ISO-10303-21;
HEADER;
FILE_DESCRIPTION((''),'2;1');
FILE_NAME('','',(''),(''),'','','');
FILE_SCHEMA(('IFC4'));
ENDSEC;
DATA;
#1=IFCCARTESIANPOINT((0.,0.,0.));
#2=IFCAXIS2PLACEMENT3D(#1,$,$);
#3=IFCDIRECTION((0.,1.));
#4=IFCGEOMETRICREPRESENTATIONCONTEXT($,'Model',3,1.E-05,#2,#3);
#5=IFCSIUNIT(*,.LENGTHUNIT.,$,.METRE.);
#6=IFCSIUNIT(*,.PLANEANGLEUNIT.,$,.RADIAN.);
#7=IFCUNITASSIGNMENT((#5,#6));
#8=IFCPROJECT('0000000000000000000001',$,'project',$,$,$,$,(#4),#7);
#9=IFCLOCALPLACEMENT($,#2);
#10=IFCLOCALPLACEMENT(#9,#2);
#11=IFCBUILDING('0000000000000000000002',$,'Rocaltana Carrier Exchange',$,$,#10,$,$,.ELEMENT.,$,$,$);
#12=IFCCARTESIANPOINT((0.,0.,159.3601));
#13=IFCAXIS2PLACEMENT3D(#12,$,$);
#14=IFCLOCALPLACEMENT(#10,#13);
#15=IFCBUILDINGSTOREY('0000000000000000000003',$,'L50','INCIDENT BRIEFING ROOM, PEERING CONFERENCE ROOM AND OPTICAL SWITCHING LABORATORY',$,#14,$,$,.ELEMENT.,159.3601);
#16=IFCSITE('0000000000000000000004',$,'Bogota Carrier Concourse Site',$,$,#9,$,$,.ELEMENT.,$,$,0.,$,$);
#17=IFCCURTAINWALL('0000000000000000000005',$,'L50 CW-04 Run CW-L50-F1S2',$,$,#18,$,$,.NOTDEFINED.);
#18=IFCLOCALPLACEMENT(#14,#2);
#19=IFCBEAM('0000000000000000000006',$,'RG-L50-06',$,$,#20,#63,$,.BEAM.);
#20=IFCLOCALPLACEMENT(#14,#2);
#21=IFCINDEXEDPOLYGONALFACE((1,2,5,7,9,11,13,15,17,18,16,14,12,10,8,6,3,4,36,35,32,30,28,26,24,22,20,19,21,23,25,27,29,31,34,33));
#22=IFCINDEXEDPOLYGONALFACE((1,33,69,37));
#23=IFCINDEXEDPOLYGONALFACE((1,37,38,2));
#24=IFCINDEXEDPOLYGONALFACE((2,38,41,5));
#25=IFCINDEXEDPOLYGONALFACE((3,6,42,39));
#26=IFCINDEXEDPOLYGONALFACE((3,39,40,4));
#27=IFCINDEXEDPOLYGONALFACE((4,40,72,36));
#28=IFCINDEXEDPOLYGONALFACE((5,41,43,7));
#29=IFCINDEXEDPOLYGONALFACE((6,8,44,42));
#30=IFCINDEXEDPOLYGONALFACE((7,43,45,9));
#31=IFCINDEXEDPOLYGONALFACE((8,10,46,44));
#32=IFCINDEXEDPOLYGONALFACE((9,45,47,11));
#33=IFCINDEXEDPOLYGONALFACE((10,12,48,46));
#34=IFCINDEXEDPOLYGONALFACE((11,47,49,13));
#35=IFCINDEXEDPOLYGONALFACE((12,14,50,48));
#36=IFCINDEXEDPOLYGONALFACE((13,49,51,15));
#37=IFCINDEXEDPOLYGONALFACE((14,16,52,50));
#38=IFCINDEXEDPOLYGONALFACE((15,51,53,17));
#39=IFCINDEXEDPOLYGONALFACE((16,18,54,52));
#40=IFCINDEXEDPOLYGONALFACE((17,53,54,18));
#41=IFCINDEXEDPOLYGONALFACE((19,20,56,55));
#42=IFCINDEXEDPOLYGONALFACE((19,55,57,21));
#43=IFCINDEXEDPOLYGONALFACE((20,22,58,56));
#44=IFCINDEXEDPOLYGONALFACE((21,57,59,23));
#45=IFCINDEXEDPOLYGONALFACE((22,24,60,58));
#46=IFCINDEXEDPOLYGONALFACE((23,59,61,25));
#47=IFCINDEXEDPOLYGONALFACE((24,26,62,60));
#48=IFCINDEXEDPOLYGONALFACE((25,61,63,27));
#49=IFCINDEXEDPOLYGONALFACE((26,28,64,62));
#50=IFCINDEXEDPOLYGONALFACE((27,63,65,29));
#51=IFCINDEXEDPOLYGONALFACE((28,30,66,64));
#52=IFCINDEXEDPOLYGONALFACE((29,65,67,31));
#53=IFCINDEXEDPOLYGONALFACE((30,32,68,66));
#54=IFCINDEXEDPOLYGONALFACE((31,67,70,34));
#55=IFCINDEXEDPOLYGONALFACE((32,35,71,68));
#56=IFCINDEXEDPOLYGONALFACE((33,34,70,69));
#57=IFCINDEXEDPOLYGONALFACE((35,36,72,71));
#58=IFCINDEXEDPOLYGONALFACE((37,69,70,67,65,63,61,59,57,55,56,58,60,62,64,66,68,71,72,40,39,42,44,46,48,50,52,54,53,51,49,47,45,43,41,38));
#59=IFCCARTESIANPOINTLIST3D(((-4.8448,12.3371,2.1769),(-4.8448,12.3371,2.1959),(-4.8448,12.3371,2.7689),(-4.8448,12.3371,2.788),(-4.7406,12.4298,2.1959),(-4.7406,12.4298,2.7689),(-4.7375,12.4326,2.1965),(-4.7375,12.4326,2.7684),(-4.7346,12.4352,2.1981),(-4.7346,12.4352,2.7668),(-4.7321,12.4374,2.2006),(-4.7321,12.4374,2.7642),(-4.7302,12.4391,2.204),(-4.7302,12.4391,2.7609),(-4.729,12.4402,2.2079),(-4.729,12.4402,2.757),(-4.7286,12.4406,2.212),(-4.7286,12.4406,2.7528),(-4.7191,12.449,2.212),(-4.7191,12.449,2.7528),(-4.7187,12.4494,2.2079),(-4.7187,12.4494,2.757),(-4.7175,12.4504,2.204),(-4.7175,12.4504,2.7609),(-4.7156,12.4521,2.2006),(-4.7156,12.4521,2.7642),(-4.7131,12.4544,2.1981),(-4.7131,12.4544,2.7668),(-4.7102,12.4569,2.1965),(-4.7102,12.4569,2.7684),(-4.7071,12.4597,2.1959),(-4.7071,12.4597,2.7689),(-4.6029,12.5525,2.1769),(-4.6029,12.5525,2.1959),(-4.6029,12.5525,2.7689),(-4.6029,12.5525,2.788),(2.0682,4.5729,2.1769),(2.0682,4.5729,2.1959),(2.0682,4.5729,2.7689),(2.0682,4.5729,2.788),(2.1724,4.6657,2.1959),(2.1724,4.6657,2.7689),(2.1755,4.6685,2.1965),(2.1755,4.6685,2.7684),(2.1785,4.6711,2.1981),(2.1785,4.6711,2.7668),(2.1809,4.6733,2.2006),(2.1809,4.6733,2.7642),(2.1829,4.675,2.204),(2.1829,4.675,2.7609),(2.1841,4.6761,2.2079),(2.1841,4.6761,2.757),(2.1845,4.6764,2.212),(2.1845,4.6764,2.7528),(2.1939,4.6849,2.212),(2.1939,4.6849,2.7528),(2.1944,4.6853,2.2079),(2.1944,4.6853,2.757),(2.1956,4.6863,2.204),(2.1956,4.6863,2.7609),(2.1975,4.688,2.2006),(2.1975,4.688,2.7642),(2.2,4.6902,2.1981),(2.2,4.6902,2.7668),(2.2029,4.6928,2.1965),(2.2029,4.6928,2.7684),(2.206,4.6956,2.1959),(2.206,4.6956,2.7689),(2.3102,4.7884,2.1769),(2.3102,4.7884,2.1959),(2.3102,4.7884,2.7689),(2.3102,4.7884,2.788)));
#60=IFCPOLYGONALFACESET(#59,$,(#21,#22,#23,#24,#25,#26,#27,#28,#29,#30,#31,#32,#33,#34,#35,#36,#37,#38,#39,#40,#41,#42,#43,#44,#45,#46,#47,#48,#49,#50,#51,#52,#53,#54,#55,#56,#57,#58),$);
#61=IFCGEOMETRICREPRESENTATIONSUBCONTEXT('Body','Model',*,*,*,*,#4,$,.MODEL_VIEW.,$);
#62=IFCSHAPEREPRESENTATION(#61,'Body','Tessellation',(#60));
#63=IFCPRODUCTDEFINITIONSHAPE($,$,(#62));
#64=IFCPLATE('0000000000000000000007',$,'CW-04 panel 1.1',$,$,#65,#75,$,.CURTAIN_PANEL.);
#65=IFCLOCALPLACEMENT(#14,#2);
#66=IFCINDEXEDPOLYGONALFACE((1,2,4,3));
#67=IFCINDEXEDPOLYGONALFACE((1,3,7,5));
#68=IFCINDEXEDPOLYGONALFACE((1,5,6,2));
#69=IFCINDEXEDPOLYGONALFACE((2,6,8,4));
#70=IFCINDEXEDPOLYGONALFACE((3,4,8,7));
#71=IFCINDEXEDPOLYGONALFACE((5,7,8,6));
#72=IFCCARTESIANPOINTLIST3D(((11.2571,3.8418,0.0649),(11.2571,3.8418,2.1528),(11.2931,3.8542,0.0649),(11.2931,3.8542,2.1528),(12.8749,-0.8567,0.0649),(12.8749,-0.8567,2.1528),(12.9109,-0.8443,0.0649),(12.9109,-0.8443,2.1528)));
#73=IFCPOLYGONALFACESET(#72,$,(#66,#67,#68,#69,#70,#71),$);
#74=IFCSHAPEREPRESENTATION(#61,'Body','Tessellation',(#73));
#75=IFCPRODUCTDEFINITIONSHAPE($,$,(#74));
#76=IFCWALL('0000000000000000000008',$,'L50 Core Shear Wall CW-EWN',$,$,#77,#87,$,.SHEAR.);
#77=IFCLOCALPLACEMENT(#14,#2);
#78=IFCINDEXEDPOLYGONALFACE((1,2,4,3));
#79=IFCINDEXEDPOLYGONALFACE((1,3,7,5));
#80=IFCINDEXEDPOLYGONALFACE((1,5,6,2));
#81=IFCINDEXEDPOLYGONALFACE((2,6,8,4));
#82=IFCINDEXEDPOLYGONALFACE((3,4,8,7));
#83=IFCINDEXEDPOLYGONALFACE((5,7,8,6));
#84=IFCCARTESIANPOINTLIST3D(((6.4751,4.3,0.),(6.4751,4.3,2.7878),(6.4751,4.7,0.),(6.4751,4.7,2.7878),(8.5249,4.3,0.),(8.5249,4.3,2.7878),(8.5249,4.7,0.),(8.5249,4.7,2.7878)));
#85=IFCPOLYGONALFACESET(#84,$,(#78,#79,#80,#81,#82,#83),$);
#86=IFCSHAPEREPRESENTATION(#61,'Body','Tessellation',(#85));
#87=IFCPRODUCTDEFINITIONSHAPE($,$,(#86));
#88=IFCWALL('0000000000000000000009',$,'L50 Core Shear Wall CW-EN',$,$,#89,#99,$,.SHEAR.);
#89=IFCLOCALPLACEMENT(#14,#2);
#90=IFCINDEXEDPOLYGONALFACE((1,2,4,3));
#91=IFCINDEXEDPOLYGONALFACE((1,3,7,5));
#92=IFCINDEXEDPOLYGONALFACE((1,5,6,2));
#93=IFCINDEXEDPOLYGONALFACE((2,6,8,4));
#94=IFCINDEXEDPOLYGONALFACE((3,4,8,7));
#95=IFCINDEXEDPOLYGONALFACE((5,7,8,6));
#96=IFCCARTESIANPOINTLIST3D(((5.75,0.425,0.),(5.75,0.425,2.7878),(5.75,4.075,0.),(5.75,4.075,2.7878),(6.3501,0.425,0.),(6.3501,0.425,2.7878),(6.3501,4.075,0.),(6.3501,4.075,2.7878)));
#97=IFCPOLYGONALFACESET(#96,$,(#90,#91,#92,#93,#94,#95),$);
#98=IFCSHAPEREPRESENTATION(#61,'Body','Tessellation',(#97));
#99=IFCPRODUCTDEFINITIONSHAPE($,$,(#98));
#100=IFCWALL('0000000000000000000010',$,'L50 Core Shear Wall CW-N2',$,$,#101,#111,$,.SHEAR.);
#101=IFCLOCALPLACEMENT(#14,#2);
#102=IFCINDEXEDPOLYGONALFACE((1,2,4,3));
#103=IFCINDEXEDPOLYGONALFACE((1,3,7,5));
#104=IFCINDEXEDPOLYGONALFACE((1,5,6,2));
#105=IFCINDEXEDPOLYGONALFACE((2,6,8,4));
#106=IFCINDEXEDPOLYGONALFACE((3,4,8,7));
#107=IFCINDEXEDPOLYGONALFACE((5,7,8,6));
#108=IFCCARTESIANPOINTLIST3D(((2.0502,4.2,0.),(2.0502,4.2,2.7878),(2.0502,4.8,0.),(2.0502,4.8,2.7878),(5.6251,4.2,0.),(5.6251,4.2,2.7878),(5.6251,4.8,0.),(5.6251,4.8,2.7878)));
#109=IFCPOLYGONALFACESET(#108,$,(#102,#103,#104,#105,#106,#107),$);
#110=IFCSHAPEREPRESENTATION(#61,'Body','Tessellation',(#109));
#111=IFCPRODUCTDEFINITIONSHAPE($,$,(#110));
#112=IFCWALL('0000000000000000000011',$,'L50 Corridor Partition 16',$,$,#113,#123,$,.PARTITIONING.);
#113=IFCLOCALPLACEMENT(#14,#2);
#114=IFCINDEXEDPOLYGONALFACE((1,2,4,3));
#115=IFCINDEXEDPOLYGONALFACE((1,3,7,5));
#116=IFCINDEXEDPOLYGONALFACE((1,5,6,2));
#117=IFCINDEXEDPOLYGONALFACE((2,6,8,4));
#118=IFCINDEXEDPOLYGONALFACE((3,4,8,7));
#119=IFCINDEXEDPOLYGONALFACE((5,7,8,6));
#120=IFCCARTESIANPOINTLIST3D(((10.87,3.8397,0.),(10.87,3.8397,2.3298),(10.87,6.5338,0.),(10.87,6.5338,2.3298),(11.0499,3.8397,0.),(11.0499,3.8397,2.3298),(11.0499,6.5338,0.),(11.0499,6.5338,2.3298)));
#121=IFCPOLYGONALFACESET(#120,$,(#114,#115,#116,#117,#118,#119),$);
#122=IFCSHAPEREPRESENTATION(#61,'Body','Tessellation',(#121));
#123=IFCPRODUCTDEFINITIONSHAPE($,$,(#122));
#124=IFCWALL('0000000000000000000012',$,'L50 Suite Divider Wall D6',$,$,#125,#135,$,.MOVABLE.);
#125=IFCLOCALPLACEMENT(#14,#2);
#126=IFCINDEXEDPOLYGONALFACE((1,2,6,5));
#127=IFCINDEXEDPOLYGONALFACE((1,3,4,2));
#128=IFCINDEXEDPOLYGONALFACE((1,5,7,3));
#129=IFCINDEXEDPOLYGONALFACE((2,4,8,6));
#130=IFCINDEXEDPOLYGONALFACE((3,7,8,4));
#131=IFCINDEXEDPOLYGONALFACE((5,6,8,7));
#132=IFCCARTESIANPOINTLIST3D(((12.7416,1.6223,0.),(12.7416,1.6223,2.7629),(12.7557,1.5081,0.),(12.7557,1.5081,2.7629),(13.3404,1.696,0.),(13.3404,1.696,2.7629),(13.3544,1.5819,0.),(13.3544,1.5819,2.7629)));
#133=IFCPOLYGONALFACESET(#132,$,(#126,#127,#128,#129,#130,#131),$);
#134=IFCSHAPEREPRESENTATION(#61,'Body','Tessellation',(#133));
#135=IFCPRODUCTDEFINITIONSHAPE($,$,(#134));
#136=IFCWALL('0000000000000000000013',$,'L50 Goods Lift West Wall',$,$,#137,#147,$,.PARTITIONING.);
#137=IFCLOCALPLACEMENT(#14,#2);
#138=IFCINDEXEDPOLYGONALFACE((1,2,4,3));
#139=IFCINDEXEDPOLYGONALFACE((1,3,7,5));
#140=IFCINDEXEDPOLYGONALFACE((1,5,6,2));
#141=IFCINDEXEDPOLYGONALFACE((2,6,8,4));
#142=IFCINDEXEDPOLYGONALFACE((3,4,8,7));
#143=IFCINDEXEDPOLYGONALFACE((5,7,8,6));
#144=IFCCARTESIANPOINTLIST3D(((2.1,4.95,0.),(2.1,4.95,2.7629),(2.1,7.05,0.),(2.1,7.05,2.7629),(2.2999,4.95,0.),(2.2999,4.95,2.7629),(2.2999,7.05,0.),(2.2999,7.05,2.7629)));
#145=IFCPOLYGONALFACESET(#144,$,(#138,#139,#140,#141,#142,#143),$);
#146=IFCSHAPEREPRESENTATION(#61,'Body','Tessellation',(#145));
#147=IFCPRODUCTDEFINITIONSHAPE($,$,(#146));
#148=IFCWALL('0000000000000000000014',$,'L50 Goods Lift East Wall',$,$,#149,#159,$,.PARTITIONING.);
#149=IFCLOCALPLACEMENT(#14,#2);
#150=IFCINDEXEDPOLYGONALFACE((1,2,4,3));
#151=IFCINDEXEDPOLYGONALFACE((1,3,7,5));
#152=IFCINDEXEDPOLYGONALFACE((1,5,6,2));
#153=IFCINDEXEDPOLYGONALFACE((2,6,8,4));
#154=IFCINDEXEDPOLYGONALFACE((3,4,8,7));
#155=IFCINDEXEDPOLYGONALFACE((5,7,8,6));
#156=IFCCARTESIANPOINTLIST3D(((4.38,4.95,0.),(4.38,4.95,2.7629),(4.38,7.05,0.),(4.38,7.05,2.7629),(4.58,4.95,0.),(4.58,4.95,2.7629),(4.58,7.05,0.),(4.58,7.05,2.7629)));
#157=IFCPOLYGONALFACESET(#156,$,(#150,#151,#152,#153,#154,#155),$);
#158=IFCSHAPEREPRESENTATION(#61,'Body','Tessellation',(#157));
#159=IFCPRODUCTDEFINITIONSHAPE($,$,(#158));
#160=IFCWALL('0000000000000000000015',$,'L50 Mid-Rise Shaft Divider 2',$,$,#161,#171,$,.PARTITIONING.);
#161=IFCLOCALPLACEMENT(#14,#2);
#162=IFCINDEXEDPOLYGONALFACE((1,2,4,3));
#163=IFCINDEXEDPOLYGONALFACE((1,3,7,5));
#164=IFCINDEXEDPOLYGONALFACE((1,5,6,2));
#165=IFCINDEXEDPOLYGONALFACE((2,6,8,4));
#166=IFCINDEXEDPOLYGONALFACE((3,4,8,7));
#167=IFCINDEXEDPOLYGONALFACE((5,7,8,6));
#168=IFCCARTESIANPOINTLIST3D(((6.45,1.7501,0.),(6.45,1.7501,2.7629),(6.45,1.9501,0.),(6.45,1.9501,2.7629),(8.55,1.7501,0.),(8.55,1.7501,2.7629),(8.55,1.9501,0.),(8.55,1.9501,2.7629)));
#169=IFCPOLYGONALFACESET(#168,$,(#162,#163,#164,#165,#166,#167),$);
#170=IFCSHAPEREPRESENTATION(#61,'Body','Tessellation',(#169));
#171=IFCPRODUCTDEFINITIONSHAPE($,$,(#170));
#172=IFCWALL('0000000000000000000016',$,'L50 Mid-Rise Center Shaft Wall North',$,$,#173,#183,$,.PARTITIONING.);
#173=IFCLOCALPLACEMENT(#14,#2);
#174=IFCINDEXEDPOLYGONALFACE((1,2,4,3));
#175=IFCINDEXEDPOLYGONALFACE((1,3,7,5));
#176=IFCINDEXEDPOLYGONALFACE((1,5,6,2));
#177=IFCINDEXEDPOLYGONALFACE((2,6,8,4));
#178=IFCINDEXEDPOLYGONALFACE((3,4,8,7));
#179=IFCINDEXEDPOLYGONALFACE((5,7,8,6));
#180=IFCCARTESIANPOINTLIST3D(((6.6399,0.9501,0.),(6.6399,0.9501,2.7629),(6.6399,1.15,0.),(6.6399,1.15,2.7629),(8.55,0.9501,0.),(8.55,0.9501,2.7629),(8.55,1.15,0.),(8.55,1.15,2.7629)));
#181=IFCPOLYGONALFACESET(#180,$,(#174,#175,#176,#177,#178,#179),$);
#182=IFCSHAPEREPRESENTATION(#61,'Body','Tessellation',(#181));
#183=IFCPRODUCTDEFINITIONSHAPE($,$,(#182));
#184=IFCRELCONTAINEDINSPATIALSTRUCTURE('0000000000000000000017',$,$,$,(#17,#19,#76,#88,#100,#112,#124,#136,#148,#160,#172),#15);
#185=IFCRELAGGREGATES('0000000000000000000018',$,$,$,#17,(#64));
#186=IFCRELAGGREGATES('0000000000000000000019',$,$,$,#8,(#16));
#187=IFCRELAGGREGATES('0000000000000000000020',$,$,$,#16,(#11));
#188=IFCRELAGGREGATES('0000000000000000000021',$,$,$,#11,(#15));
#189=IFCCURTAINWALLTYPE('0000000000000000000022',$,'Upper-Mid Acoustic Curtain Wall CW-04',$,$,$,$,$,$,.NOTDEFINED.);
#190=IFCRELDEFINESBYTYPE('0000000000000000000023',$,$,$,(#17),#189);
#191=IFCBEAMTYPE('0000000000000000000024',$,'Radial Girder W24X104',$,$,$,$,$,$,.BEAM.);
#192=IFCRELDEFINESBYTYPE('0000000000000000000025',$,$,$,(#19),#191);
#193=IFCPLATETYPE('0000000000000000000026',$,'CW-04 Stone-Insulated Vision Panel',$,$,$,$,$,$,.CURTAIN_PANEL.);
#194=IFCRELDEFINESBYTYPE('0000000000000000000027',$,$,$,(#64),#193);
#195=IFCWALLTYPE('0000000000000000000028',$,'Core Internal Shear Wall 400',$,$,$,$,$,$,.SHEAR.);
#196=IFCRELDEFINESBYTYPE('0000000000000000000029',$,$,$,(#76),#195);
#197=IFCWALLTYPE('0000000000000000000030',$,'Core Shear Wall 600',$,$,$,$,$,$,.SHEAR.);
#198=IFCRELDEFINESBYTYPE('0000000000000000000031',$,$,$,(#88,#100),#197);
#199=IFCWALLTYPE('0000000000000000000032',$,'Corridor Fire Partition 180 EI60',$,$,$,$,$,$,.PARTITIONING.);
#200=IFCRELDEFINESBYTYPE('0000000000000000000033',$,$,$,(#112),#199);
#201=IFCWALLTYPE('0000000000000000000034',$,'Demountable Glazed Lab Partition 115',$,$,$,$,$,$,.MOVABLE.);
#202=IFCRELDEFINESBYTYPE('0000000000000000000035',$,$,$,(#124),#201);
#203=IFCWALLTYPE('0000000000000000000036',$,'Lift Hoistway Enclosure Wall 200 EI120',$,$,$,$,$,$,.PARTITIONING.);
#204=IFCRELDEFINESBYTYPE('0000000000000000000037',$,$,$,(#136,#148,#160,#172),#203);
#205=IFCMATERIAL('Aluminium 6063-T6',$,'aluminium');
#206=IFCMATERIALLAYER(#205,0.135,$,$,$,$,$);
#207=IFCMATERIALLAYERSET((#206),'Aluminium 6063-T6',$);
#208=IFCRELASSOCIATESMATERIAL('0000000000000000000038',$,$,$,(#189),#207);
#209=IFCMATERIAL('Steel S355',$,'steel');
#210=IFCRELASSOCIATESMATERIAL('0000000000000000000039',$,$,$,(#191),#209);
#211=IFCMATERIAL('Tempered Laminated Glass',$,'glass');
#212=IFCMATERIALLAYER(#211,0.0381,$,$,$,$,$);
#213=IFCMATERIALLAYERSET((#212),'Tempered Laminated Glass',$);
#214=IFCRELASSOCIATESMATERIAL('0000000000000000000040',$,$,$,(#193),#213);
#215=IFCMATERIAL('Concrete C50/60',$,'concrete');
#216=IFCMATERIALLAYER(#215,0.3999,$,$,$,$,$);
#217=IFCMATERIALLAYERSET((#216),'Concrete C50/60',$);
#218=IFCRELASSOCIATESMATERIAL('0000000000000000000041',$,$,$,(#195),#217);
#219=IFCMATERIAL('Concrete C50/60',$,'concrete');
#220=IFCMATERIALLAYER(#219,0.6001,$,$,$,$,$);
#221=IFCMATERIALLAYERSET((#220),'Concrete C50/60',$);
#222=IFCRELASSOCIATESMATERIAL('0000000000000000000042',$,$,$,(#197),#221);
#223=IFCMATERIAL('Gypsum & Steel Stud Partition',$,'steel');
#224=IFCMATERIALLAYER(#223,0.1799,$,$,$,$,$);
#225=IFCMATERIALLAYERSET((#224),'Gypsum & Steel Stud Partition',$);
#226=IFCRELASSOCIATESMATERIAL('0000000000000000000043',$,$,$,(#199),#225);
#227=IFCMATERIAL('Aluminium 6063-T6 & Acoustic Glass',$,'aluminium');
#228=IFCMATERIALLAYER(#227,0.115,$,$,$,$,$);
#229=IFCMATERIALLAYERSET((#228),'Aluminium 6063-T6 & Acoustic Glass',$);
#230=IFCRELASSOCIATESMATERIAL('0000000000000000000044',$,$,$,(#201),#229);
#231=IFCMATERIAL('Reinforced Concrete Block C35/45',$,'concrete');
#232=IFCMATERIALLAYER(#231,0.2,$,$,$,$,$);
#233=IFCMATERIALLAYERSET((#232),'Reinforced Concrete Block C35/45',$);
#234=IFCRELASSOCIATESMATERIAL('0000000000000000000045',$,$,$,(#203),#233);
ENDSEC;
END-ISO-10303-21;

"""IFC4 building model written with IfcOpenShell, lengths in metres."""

from ifc_helpers import new_model, si_unit, direction, frame, frame_2d, origin, origin_2d, place, context, subcontext, project, spatial, rectangle, i_section, extrude, material, layer, layer_set, material_profile, profile_set, type_object, element, aggregate, save


model = new_model("IFC4")

# Units and contexts
model_context = context("Model", 3, precision=1e-05, world=origin(), true_north=direction((0.0, 1.0)))
body_context = subcontext(model_context, "Body", "Model", "MODEL_VIEW")
ifc_project = project(units=[si_unit("LENGTHUNIT", "METRE"), si_unit("PLANEANGLEUNIT", "RADIAN")], contexts=[model_context])

# Site, building, storey
site_placement = place(None, origin())
site = spatial("IfcSite", under=ifc_project, at=site_placement, Name="Bogota Carrier Concourse Site", CompositionType="ELEMENT", RefElevation=0.0)
building_placement = place(site_placement, origin())
building = spatial("IfcBuilding", under=site, at=building_placement, Name="Rocaltana Carrier Exchange", CompositionType="ELEMENT")
storey_placement = place(building_placement, frame((0.0, 0.0, 159.3601)))
storey = spatial("IfcBuildingStorey", under=building, at=storey_placement, Name="L50", Description="INCIDENT BRIEFING ROOM, PEERING CONFERENCE ROOM AND OPTICAL SWITCHING LABORATORY", CompositionType="ELEMENT", Elevation=159.3601)

# Curtain wall
ifc_material_1 = material(Name="Aluminium 6063-T6", Category="aluminium")
ifc_layer_1 = layer(ifc_material_1, 0.135)
ifc_layer_set_1 = layer_set([ifc_layer_1], Name="Aluminium 6063-T6")
curtain_wall_type = type_object("IfcCurtainWallType", Name="Upper-Mid Acoustic Curtain Wall CW-04", PredefinedType="NOTDEFINED", material=ifc_layer_set_1)
curtain_wall_placement = place(storey_placement, origin())
curtain_wall = element("IfcCurtainWall", 1, at=curtain_wall_placement, inside=storey, type_object=curtain_wall_type, Name="L50 CW-04 Run CW-L50-F1S2", PredefinedType="NOTDEFINED")

# Beam
ifc_material_2 = material(Name="Steel S355", Category="steel")
ifc_material_profile_1 = material_profile(ifc_material_2, i_section(OverallWidth=0.324, OverallDepth=0.6111, WebThickness=0.0127, FlangeThickness=0.019, FilletRadius=0.0161, at=origin_2d()), Name="W24X104")
ifc_profile_set_1 = profile_set([ifc_material_profile_1], Name="Steel S355")
beam_type_1 = type_object("IfcBeamType", Name="Radial Girder W24X104", PredefinedType="BEAM", material=ifc_profile_set_1)
beam_1_placement = place(storey_placement, frame((2.1892, 4.6807, 2.4824), z_axis=(-0.664987, 0.746854, 0.0), x_axis=(-0.746854, -0.664987, 0.0)))
element("IfcBeam", 2, at=beam_1_placement, inside=storey, type_object=beam_type_1, Name="RG-L50-06", PredefinedType="BEAM", context=body_context, shape_type="SweptSolid", body=[
    extrude(i_section(OverallWidth=0.324, OverallDepth=0.6111, WebThickness=0.0127, FlangeThickness=0.019, FilletRadius=0.0161, at=origin_2d()), origin(), (0.0, 0.0, 1.0), 10.3958),
])

# Plate
ifc_material_3 = material(Name="Tempered Laminated Glass", Category="glass")
ifc_layer_2 = layer(ifc_material_3, 0.0381)
ifc_layer_set_2 = layer_set([ifc_layer_2], Name="Tempered Laminated Glass")
plate_type = type_object("IfcPlateType", Name="CW-04 Stone-Insulated Vision Panel", PredefinedType="CURTAIN_PANEL", material=ifc_layer_set_2)
plate_placement = place(storey_placement, frame((12.084, 1.4988, 0.0649), z_axis=(0.0, 0.0, 1.0), x_axis=(-0.325562, 0.945521, 0.0)))
plate = element("IfcPlate", 3, at=plate_placement, type_object=plate_type, Name="CW-04 panel 1.1", PredefinedType="CURTAIN_PANEL", context=body_context, shape_type="SweptSolid", body=[
    extrude(rectangle(XDim=4.9692, YDim=0.0381, at=origin_2d()), origin(), (0.0, 0.0, 1.0), 2.0879),
])
aggregate(curtain_wall, [plate])

# Walls
ifc_material_4 = material(Name="Concrete C50/60", Category="concrete")
ifc_layer_3 = layer(ifc_material_4, 0.3999)
ifc_layer_set_3 = layer_set([ifc_layer_3], Name="Concrete C50/60")
wall_type_1 = type_object("IfcWallType", Name="Core Internal Shear Wall 400", PredefinedType="SHEAR", material=ifc_layer_set_3)
wall_1_placement = place(storey_placement, frame((6.4751, 4.5, 0.0), z_axis=(0.0, 0.0, 1.0), x_axis=(1.0, 0.0, 0.0)))
element("IfcWall", 4, at=wall_1_placement, inside=storey, type_object=wall_type_1, Name="L50 Core Shear Wall CW-EWN", PredefinedType="SHEAR", context=body_context, shape_type="SweptSolid", body=[
    extrude(rectangle(XDim=2.0498, YDim=0.3999, at=frame_2d((1.0249, 0.0))), origin(), (0.0, 0.0, 1.0), 2.7878),
])
ifc_material_5 = material(Name="Concrete C50/60", Category="concrete")
ifc_layer_4 = layer(ifc_material_5, 0.6001)
ifc_layer_set_4 = layer_set([ifc_layer_4], Name="Concrete C50/60")
wall_type_2 = type_object("IfcWallType", Name="Core Shear Wall 600", PredefinedType="SHEAR", material=ifc_layer_set_4)
wall_2_placement = place(storey_placement, frame((6.05, 0.425, 0.0), z_axis=(0.0, 0.0, 1.0), x_axis=(0.0, 1.0, 0.0)))
element("IfcWall", 5, at=wall_2_placement, inside=storey, type_object=wall_type_2, Name="L50 Core Shear Wall CW-EN", PredefinedType="SHEAR", context=body_context, shape_type="SweptSolid", body=[
    extrude(rectangle(XDim=3.6499, YDim=0.6001, at=frame_2d((1.825, 0.0))), origin(), (0.0, 0.0, 1.0), 2.7878),
])
wall_3_placement = place(storey_placement, frame((2.05, 4.5, 0.0), z_axis=(0.0, 0.0, 1.0), x_axis=(1.0, 0.0, 0.0)))
element("IfcWall", 6, at=wall_3_placement, inside=storey, type_object=wall_type_2, Name="L50 Core Shear Wall CW-N2", PredefinedType="SHEAR", context=body_context, shape_type="SweptSolid", body=[
    extrude(rectangle(XDim=3.575, YDim=0.6001, at=frame_2d((1.7876, 0.0))), origin(), (0.0, 0.0, 1.0), 2.7878),
])
ifc_material_6 = material(Name="Gypsum & Steel Stud Partition", Category="steel")
ifc_layer_5 = layer(ifc_material_6, 0.1799)
ifc_layer_set_5 = layer_set([ifc_layer_5], Name="Gypsum & Steel Stud Partition")
wall_type_3 = type_object("IfcWallType", Name="Corridor Fire Partition 180 EI60", PredefinedType="PARTITIONING", material=ifc_layer_set_5)
wall_4_placement = place(storey_placement, frame((10.96, 3.8396, 0.0), z_axis=(0.0, 0.0, 1.0), x_axis=(0.0, 1.0, 0.0)))
element("IfcWall", 7, at=wall_4_placement, inside=storey, type_object=wall_type_3, Name="L50 Corridor Partition 16", PredefinedType="PARTITIONING", context=body_context, shape_type="SweptSolid", body=[
    extrude(rectangle(XDim=2.6941, YDim=0.1799, at=frame_2d((1.3472, 0.0))), origin(), (0.0, 0.0, 1.0), 2.3298),
])
ifc_material_7 = material(Name="Aluminium 6063-T6 & Acoustic Glass", Category="aluminium")
ifc_layer_6 = layer(ifc_material_7, 0.115)
ifc_layer_set_6 = layer_set([ifc_layer_6], Name="Aluminium 6063-T6 & Acoustic Glass")
wall_type_4 = type_object("IfcWallType", Name="Demountable Glazed Lab Partition 115", PredefinedType="MOVABLE", material=ifc_layer_set_6)
wall_5_placement = place(storey_placement, frame((12.7485, 1.5652, 0.0), z_axis=(0.0, 0.0, 1.0), x_axis=(0.9925, 0.122241, 0.0)))
element("IfcWall", 8, at=wall_5_placement, inside=storey, type_object=wall_type_4, Name="L50 Suite Divider Wall D6", PredefinedType="MOVABLE", context=body_context, shape_type="SweptSolid", body=[
    extrude(rectangle(XDim=0.6033, YDim=0.115, at=frame_2d((0.3018, 0.0))), origin(), (0.0, 0.0, 1.0), 2.7629),
])
ifc_material_8 = material(Name="Reinforced Concrete Block C35/45", Category="concrete")
ifc_layer_7 = layer(ifc_material_8, 0.2)
ifc_layer_set_7 = layer_set([ifc_layer_7], Name="Reinforced Concrete Block C35/45")
wall_type_5 = type_object("IfcWallType", Name="Lift Hoistway Enclosure Wall 200 EI120", PredefinedType="PARTITIONING", material=ifc_layer_set_7)
for number, where, z_axis, x_axis, name in (
    (9, (2.2, 4.95, 0.0), (0.0, 0.0, 1.0), (0.0, 1.0, 0.0), "L50 Goods Lift West Wall"),
    (10, (4.48, 4.95, 0.0), (0.0, 0.0, 1.0), (0.0, 1.0, 0.0), "L50 Goods Lift East Wall"),
    (11, (6.45, 1.8501, 0.0), (0.0, 0.0, 1.0), (1.0, 0.0, 0.0), "L50 Mid-Rise Shaft Divider 2"),
):
    element("IfcWall", number, at=place(storey_placement, frame(where, z_axis=z_axis, x_axis=x_axis)), inside=storey, type_object=wall_type_5, Name=name, PredefinedType="PARTITIONING", context=body_context, shape_type="SweptSolid", body=[
        extrude(rectangle(XDim=2.1001, YDim=0.2, at=frame_2d((1.05, 0.0))), origin(), (0.0, 0.0, 1.0), 2.7629),
    ])
wall_6_placement = place(storey_placement, frame((6.6399, 1.05, 0.0), z_axis=(0.0, 0.0, 1.0), x_axis=(1.0, 0.0, 0.0)))
element("IfcWall", 12, at=wall_6_placement, inside=storey, type_object=wall_type_5, Name="L50 Mid-Rise Center Shaft Wall North", PredefinedType="PARTITIONING", context=body_context, shape_type="SweptSolid", body=[
    extrude(rectangle(XDim=1.9102, YDim=0.2, at=frame_2d((0.9551, 0.0))), origin(), (0.0, 0.0, 1.0), 2.7629),
])

save(model, "model.ifc")
